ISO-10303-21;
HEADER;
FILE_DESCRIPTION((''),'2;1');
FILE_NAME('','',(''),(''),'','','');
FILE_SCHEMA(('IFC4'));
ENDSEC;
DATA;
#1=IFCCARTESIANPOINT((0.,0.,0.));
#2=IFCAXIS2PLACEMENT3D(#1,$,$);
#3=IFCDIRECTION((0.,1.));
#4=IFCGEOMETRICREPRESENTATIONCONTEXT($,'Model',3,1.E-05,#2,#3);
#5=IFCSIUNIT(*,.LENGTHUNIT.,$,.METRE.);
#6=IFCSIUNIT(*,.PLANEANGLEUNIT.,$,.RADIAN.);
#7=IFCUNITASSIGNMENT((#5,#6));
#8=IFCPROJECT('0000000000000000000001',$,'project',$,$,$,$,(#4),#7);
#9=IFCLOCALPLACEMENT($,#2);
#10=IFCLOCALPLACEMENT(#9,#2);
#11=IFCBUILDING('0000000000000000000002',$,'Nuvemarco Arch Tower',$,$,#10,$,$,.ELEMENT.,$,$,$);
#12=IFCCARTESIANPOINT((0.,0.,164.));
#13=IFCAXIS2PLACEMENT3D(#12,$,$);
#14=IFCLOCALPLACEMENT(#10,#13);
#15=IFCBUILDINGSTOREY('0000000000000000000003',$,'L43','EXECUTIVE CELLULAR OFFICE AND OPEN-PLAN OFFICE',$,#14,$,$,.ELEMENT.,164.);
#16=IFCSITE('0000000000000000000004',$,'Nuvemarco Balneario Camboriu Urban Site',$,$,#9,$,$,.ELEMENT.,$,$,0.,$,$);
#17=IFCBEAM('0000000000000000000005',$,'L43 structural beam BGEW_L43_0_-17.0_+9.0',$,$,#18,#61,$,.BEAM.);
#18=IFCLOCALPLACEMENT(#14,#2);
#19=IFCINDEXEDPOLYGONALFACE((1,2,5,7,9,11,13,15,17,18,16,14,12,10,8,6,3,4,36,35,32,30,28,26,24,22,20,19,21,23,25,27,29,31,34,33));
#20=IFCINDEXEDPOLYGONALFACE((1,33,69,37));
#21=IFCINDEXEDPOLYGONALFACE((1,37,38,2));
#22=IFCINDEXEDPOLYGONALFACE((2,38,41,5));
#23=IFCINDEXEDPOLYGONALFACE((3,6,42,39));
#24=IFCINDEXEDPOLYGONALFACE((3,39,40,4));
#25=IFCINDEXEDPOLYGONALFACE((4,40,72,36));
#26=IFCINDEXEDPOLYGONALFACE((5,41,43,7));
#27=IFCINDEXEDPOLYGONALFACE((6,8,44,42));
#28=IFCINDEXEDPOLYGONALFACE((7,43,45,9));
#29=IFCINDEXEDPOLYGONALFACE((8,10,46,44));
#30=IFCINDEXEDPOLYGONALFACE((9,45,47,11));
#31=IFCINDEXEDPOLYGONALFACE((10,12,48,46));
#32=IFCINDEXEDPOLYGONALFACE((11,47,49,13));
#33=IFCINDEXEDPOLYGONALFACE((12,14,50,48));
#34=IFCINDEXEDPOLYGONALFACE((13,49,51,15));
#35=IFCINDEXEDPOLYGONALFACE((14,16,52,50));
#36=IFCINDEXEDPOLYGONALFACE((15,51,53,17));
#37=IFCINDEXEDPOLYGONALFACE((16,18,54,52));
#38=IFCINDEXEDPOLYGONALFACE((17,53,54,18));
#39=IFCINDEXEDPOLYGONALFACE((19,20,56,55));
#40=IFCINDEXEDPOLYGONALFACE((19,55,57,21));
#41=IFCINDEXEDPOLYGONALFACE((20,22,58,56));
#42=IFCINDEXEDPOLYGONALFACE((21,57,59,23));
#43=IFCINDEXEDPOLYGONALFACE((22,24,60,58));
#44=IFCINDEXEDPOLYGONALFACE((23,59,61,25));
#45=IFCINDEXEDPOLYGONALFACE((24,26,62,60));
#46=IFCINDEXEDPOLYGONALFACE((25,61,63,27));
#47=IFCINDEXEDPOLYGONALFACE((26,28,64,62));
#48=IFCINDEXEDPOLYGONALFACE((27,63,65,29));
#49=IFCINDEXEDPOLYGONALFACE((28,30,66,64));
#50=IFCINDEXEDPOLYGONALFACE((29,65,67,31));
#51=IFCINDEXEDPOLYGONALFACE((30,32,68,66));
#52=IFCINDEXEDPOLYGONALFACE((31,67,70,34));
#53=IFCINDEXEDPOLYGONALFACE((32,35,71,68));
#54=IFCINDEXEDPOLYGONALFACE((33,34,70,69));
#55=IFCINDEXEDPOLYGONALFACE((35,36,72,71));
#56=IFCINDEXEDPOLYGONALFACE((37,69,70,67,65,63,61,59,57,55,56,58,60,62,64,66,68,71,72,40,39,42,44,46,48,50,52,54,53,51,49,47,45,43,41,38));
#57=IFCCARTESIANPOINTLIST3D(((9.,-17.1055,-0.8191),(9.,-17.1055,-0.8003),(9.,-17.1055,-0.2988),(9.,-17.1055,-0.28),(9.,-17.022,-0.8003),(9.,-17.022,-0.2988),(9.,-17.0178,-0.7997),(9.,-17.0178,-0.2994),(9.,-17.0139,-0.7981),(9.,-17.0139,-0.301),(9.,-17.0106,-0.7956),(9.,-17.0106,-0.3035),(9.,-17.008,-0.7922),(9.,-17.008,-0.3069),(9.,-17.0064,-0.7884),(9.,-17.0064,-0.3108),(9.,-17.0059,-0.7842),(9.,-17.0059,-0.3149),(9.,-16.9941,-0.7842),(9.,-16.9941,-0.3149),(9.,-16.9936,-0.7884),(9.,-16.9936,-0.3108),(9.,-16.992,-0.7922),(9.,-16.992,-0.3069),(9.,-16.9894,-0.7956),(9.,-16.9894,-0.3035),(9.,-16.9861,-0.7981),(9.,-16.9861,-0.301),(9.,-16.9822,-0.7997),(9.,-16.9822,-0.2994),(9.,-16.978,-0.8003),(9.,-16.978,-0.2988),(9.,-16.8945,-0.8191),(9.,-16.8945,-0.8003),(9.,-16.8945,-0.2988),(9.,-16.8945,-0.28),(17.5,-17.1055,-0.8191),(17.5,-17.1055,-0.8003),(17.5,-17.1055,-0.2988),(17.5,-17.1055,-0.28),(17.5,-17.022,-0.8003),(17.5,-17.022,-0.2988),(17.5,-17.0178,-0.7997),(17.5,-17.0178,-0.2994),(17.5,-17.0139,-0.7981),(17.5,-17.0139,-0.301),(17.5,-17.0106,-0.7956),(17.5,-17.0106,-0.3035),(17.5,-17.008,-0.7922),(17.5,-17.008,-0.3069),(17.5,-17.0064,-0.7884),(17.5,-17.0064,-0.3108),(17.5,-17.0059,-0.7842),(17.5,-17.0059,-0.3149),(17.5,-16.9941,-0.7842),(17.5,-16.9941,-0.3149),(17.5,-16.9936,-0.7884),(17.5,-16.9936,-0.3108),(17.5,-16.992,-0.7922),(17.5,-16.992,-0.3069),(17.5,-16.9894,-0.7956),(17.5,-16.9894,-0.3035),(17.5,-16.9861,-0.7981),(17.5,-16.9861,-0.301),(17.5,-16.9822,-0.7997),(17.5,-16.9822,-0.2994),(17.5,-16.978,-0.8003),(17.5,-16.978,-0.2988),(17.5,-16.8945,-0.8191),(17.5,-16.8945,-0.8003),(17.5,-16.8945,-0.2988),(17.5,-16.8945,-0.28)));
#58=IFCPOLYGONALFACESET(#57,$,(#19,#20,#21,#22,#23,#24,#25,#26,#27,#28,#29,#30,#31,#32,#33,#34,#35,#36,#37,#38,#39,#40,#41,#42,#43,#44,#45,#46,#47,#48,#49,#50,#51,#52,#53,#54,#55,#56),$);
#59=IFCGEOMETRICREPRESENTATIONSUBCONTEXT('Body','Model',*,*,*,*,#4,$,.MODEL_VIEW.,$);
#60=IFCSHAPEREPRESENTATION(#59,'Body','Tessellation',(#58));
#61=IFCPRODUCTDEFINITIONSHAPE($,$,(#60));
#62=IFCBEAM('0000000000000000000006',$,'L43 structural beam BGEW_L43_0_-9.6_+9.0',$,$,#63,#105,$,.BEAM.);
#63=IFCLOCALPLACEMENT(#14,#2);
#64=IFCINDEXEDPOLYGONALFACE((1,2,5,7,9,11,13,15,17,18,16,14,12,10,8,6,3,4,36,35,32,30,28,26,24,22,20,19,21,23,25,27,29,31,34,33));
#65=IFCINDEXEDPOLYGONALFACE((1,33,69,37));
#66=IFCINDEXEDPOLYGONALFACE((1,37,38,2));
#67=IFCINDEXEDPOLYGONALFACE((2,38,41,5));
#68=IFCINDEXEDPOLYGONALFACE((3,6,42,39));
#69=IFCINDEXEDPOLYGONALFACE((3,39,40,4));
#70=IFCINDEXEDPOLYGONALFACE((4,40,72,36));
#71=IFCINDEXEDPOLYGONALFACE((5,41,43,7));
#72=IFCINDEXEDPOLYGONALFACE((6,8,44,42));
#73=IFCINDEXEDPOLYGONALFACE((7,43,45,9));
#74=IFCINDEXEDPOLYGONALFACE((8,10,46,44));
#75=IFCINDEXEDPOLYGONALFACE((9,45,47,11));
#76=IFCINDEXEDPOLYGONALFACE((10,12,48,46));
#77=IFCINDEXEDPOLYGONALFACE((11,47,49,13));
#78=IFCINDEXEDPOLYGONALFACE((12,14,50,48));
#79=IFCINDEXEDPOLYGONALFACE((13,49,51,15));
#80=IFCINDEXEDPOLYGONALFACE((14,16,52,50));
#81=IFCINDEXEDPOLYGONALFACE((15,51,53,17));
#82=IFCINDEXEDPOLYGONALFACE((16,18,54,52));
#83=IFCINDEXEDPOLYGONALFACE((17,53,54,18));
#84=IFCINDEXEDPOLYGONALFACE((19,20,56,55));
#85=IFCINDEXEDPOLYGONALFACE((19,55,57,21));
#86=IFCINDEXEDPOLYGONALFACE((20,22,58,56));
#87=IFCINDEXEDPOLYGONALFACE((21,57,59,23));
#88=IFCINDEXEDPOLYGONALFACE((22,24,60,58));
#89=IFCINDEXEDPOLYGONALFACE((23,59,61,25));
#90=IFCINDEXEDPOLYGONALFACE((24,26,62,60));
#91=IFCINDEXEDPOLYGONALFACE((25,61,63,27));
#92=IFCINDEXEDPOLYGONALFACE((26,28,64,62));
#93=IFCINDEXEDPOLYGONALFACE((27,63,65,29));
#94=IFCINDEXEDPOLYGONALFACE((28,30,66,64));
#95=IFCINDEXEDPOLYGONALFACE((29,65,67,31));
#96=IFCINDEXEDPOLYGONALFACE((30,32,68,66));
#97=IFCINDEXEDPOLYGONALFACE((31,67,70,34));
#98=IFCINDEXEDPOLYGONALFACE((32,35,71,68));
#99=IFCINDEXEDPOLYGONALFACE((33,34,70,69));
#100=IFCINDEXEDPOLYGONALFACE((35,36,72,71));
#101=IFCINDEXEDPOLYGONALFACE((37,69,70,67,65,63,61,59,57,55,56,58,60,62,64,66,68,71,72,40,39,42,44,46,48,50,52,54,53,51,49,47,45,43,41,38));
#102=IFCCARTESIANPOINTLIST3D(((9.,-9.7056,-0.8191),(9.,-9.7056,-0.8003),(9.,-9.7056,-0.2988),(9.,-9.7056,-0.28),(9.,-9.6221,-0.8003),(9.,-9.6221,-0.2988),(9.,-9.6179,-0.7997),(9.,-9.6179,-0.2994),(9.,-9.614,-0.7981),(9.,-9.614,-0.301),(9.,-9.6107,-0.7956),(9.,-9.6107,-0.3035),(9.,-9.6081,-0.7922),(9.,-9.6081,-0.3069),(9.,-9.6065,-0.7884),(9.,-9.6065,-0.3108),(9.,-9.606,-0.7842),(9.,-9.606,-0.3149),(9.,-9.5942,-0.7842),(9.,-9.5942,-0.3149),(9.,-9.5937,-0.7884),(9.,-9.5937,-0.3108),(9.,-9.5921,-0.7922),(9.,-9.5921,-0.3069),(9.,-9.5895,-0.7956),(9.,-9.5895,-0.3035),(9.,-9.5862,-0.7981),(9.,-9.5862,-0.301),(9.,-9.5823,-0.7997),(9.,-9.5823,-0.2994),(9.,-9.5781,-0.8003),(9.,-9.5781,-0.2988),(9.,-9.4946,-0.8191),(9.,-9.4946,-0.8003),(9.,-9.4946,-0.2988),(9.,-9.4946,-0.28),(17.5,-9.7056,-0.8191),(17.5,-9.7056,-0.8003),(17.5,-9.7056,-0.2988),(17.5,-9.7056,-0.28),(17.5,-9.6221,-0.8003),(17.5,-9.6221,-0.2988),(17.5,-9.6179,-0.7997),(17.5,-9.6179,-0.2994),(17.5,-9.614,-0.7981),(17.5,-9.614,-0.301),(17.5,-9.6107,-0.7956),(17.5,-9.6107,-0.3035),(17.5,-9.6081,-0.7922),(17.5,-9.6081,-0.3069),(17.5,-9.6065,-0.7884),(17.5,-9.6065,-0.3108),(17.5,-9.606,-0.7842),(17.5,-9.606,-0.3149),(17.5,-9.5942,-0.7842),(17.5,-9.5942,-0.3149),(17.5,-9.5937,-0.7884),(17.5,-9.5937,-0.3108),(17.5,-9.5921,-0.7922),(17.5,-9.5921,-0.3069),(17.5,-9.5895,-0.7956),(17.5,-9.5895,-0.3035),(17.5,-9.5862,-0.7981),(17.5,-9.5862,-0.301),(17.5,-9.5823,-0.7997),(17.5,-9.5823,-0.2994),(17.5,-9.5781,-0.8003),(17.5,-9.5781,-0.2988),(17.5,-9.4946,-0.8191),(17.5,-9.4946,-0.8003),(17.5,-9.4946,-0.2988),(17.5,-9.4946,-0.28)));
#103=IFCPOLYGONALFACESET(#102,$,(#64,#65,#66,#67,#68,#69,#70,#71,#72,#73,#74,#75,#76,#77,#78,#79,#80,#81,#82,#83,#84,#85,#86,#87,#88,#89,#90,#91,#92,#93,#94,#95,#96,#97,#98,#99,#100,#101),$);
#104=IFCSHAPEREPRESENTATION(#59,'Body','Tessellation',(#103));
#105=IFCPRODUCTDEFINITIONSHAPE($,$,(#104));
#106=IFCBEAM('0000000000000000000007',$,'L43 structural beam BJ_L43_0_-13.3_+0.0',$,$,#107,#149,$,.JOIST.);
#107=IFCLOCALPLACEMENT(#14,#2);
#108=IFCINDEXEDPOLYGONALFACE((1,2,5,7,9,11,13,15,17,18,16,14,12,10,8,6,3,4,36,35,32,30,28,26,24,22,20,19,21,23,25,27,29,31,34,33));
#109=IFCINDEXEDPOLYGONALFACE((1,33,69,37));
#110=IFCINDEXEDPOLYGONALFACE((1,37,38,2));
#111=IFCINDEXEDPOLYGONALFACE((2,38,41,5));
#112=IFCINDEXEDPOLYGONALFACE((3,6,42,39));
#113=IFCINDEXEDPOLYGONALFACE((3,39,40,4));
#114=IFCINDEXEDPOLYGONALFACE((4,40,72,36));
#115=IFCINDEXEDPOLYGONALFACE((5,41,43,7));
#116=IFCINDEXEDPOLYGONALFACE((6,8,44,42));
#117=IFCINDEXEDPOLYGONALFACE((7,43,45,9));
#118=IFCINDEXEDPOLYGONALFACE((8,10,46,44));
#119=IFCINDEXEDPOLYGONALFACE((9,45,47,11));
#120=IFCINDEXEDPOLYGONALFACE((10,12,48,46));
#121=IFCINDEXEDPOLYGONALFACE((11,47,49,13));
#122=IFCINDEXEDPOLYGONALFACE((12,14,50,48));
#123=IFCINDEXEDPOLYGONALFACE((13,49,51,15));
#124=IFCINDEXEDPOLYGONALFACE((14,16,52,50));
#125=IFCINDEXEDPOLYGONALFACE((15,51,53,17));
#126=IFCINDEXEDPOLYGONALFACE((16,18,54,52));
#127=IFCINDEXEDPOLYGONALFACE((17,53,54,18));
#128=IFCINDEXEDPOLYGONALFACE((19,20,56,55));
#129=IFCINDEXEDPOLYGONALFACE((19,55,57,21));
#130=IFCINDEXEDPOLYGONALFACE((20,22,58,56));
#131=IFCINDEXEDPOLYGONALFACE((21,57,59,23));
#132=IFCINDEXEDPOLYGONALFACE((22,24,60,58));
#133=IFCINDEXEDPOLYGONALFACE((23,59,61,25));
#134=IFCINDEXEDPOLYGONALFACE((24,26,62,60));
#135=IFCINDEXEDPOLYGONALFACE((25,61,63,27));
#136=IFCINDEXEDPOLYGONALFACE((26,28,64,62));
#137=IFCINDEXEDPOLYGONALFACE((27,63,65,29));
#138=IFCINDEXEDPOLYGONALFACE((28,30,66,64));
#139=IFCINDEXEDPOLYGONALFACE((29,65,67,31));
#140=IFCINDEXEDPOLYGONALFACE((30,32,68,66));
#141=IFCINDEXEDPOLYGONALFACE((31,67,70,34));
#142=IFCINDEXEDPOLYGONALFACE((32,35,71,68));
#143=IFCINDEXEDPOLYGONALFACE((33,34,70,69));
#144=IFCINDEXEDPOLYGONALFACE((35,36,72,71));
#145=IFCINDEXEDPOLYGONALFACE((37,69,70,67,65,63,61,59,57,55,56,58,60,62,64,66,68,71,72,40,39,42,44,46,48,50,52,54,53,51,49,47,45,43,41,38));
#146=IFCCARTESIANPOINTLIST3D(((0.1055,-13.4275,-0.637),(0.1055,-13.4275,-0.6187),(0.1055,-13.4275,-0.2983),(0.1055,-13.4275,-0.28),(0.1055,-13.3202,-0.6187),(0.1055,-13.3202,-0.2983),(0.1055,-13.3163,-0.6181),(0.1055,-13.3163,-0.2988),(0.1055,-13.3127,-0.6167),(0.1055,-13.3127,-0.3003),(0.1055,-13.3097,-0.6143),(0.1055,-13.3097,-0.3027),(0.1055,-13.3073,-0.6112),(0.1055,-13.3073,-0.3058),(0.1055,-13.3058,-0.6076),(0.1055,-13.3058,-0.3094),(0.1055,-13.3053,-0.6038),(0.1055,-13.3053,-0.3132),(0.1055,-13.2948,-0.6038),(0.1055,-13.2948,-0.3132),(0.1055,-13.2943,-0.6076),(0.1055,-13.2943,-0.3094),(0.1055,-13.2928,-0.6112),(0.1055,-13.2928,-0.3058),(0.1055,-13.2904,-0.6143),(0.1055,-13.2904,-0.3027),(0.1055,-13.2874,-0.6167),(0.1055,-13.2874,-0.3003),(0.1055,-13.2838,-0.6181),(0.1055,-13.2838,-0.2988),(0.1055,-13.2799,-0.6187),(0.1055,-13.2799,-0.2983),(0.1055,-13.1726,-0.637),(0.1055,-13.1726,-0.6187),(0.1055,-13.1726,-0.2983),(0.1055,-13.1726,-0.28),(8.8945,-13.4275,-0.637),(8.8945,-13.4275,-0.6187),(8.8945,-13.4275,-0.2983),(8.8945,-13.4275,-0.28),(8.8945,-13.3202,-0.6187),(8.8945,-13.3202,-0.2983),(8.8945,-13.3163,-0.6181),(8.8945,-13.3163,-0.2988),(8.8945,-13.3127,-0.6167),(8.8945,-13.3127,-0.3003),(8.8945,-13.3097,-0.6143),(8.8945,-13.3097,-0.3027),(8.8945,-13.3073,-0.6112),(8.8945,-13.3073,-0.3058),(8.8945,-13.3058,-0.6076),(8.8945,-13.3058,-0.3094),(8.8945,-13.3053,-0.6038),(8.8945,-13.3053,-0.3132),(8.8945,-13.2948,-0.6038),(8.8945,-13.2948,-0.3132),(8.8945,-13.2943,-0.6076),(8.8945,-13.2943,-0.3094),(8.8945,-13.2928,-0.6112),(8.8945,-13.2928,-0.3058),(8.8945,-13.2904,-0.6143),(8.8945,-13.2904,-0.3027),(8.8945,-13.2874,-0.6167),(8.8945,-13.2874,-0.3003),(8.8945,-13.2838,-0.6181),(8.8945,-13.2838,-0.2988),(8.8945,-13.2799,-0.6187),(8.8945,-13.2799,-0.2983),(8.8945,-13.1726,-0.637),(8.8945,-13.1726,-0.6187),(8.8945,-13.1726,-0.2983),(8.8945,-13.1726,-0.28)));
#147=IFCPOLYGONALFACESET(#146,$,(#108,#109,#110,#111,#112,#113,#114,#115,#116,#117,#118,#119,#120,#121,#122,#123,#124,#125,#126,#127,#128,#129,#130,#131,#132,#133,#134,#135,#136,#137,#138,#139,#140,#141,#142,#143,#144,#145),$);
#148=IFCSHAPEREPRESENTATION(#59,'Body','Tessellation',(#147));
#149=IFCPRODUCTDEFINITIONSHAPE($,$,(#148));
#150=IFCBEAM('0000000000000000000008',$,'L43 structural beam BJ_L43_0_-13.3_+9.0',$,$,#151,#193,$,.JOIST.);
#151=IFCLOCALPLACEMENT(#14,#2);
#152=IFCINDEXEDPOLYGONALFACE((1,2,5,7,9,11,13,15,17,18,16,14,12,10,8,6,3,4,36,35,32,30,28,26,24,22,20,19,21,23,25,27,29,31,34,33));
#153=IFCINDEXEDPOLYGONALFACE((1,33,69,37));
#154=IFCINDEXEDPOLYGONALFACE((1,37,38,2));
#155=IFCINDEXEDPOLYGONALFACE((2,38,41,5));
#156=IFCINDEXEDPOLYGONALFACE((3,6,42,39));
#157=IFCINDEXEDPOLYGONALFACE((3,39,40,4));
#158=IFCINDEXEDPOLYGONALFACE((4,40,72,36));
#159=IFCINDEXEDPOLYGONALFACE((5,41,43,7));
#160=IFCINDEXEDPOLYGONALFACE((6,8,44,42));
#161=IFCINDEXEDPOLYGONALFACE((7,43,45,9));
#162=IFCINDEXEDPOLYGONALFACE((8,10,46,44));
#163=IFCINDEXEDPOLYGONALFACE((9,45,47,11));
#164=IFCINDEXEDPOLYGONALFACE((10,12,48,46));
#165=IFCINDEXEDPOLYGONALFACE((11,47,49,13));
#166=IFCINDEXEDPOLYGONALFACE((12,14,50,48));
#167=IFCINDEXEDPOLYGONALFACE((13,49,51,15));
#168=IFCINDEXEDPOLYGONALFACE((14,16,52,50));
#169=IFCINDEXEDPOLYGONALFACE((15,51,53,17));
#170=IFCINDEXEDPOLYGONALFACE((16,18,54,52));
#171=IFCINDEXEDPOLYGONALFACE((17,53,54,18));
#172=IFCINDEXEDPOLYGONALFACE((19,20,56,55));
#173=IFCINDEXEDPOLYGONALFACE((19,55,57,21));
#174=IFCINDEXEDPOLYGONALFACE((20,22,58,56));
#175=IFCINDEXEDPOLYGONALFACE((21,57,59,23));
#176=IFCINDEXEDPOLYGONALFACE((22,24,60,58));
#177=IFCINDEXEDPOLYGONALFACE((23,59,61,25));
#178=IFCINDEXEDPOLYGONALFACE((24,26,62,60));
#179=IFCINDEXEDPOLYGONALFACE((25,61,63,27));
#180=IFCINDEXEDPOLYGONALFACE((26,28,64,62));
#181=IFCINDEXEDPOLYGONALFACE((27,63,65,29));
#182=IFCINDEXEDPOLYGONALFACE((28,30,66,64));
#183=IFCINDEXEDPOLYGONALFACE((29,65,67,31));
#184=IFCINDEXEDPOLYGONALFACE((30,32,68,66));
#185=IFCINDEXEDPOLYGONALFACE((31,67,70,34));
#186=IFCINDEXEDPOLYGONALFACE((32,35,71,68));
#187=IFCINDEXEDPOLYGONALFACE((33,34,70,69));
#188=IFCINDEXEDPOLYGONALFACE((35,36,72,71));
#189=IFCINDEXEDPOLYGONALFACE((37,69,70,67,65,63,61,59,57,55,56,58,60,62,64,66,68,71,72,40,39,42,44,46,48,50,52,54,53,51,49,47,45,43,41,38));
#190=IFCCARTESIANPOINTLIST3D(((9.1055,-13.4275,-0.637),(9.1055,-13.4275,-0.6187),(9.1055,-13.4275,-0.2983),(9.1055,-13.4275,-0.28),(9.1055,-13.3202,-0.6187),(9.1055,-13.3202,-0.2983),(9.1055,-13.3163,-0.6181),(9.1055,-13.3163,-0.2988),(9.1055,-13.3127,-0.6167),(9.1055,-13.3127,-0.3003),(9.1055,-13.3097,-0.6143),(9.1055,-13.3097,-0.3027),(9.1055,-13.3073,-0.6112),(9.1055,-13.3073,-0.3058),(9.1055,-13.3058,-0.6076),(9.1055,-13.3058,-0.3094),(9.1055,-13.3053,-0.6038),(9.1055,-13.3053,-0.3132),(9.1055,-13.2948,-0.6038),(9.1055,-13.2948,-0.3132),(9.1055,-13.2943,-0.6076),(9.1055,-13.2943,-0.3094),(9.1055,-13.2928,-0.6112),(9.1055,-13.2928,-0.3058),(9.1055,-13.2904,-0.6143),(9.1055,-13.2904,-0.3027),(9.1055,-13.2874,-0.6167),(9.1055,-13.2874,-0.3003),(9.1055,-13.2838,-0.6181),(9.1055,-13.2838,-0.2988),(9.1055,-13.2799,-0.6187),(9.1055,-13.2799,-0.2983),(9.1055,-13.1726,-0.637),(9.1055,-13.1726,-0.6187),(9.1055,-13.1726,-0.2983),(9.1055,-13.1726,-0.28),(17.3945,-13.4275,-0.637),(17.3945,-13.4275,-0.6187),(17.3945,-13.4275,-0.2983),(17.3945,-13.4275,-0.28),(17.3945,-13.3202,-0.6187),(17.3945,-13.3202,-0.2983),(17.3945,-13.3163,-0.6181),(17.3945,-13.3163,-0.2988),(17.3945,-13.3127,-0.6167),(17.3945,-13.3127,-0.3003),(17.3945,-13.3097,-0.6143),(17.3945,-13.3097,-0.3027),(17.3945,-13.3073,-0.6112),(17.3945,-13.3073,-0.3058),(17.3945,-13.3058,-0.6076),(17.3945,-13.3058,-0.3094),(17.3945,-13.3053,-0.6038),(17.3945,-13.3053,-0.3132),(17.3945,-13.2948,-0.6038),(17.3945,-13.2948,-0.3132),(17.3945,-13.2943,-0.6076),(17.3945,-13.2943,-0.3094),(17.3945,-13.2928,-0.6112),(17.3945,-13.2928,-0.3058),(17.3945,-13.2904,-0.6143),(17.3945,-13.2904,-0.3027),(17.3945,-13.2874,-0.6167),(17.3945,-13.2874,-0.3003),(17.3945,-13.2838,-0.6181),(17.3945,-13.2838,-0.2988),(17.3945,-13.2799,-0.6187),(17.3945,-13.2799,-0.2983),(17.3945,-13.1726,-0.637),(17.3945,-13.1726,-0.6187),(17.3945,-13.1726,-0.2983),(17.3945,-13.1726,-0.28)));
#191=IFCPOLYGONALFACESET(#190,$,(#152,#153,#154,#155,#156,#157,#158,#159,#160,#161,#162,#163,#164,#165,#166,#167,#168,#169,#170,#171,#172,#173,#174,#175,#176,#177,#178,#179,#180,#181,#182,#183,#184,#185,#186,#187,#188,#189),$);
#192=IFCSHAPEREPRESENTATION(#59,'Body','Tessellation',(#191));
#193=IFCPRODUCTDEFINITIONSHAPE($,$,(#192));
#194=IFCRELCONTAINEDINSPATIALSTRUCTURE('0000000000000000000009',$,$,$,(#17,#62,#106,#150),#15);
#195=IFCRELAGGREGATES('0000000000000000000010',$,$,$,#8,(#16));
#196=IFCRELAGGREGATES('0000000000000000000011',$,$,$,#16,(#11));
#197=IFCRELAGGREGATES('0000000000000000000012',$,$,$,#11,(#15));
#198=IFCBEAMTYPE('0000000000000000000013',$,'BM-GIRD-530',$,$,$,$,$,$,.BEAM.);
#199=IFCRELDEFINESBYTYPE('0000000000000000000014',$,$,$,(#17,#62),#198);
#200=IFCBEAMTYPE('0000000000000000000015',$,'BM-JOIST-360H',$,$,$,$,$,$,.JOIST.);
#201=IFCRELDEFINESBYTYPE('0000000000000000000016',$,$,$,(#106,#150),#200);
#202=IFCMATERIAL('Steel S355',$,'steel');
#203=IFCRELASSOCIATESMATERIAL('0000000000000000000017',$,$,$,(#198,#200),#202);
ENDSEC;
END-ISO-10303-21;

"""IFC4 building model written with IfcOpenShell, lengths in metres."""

from ifc_helpers import new_model, si_unit, direction, frame, origin, origin_2d, place, context, subcontext, project, spatial, i_section, extrude, material, material_profile, profile_set, type_object, element, save


model = new_model("IFC4")

# Units and contexts
model_context = context("Model", 3, precision=1e-05, world=origin(), true_north=direction((0.0, 1.0)))
body_context = subcontext(model_context, "Body", "Model", "MODEL_VIEW")
ifc_project = project(units=[si_unit("LENGTHUNIT", "METRE"), si_unit("PLANEANGLEUNIT", "RADIAN")], contexts=[model_context])

# Site, building, storey
site_placement = place(None, origin())
site = spatial("IfcSite", under=ifc_project, at=site_placement, Name="Nuvemarco Balneario Camboriu Urban Site", CompositionType="ELEMENT", RefElevation=0.0)
building_placement = place(site_placement, origin())
building = spatial("IfcBuilding", under=site, at=building_placement, Name="Nuvemarco Arch Tower", CompositionType="ELEMENT")
storey_placement = place(building_placement, frame((0.0, 0.0, 164.0)))
storey = spatial("IfcBuildingStorey", under=building, at=storey_placement, Name="L43", Description="EXECUTIVE CELLULAR OFFICE AND OPEN-PLAN OFFICE", CompositionType="ELEMENT", Elevation=164.0)

# Shared definitions
ifc_material_1 = material(Name="Steel S355", Category="steel")

# Beams
ifc_material_profile_1 = material_profile(ifc_material_1, i_section(OverallWidth=0.2109, OverallDepth=0.5391, WebThickness=0.0117, FlangeThickness=0.0188, FilletRadius=0.0161, at=origin_2d()), Name="W530x109")
ifc_profile_set_1 = profile_set([ifc_material_profile_1], Name="Steel S355")
beam_type_1 = type_object("IfcBeamType", Name="BM-GIRD-530", PredefinedType="BEAM", material=ifc_profile_set_1)
for number, where, z_axis, x_axis, name in (
    (1, (9.0, -17.0, -0.5496), (1.0, 0.0, 0.0), (0.0, 1.0, 0.0), "L43 structural beam BGEW_L43_0_-17.0_+9.0"),
    (2, (9.0, -9.6001, -0.5496), (1.0, 0.0, 0.0), (0.0, 1.0, 0.0), "L43 structural beam BGEW_L43_0_-9.6_+9.0"),
):
    element("IfcBeam", number, at=place(storey_placement, frame(where, z_axis=z_axis, x_axis=x_axis)), inside=storey, type_object=beam_type_1, Name=name, PredefinedType="BEAM", context=body_context, shape_type="SweptSolid", body=[
        extrude(i_section(OverallWidth=0.2109, OverallDepth=0.5391, WebThickness=0.0117, FlangeThickness=0.0188, FilletRadius=0.0161, at=origin_2d()), origin(), (0.0, 0.0, 1.0), 8.5),
    ])
ifc_material_profile_2 = material_profile(ifc_material_1, i_section(OverallWidth=0.2549, OverallDepth=0.3569, WebThickness=0.0105, FlangeThickness=0.0183, FilletRadius=0.0149, at=origin_2d()), Name="W360x101")
ifc_profile_set_2 = profile_set([ifc_material_profile_2], Name="Steel S355")
beam_type_2 = type_object("IfcBeamType", Name="BM-JOIST-360H", PredefinedType="JOIST", material=ifc_profile_set_2)
beam_1_placement = place(storey_placement, frame((0.1055, -13.3, -0.4585), z_axis=(1.0, 0.0, 0.0), x_axis=(0.0, 1.0, 0.0)))
element("IfcBeam", 3, at=beam_1_placement, inside=storey, type_object=beam_type_2, Name="L43 structural beam BJ_L43_0_-13.3_+0.0", PredefinedType="JOIST", context=body_context, shape_type="SweptSolid", body=[
    extrude(i_section(OverallWidth=0.2549, OverallDepth=0.3569, WebThickness=0.0105, FlangeThickness=0.0183, FilletRadius=0.0149, at=origin_2d()), origin(), (0.0, 0.0, 1.0), 8.7891),
])
beam_2_placement = place(storey_placement, frame((9.1055, -13.3, -0.4585), z_axis=(1.0, 0.0, 0.0), x_axis=(0.0, 1.0, 0.0)))
element("IfcBeam", 4, at=beam_2_placement, inside=storey, type_object=beam_type_2, Name="L43 structural beam BJ_L43_0_-13.3_+9.0", PredefinedType="JOIST", context=body_context, shape_type="SweptSolid", body=[
    extrude(i_section(OverallWidth=0.2549, OverallDepth=0.3569, WebThickness=0.0105, FlangeThickness=0.0183, FilletRadius=0.0149, at=origin_2d()), origin(), (0.0, 0.0, 1.0), 8.2891),
])

save(model, "model.ifc")
